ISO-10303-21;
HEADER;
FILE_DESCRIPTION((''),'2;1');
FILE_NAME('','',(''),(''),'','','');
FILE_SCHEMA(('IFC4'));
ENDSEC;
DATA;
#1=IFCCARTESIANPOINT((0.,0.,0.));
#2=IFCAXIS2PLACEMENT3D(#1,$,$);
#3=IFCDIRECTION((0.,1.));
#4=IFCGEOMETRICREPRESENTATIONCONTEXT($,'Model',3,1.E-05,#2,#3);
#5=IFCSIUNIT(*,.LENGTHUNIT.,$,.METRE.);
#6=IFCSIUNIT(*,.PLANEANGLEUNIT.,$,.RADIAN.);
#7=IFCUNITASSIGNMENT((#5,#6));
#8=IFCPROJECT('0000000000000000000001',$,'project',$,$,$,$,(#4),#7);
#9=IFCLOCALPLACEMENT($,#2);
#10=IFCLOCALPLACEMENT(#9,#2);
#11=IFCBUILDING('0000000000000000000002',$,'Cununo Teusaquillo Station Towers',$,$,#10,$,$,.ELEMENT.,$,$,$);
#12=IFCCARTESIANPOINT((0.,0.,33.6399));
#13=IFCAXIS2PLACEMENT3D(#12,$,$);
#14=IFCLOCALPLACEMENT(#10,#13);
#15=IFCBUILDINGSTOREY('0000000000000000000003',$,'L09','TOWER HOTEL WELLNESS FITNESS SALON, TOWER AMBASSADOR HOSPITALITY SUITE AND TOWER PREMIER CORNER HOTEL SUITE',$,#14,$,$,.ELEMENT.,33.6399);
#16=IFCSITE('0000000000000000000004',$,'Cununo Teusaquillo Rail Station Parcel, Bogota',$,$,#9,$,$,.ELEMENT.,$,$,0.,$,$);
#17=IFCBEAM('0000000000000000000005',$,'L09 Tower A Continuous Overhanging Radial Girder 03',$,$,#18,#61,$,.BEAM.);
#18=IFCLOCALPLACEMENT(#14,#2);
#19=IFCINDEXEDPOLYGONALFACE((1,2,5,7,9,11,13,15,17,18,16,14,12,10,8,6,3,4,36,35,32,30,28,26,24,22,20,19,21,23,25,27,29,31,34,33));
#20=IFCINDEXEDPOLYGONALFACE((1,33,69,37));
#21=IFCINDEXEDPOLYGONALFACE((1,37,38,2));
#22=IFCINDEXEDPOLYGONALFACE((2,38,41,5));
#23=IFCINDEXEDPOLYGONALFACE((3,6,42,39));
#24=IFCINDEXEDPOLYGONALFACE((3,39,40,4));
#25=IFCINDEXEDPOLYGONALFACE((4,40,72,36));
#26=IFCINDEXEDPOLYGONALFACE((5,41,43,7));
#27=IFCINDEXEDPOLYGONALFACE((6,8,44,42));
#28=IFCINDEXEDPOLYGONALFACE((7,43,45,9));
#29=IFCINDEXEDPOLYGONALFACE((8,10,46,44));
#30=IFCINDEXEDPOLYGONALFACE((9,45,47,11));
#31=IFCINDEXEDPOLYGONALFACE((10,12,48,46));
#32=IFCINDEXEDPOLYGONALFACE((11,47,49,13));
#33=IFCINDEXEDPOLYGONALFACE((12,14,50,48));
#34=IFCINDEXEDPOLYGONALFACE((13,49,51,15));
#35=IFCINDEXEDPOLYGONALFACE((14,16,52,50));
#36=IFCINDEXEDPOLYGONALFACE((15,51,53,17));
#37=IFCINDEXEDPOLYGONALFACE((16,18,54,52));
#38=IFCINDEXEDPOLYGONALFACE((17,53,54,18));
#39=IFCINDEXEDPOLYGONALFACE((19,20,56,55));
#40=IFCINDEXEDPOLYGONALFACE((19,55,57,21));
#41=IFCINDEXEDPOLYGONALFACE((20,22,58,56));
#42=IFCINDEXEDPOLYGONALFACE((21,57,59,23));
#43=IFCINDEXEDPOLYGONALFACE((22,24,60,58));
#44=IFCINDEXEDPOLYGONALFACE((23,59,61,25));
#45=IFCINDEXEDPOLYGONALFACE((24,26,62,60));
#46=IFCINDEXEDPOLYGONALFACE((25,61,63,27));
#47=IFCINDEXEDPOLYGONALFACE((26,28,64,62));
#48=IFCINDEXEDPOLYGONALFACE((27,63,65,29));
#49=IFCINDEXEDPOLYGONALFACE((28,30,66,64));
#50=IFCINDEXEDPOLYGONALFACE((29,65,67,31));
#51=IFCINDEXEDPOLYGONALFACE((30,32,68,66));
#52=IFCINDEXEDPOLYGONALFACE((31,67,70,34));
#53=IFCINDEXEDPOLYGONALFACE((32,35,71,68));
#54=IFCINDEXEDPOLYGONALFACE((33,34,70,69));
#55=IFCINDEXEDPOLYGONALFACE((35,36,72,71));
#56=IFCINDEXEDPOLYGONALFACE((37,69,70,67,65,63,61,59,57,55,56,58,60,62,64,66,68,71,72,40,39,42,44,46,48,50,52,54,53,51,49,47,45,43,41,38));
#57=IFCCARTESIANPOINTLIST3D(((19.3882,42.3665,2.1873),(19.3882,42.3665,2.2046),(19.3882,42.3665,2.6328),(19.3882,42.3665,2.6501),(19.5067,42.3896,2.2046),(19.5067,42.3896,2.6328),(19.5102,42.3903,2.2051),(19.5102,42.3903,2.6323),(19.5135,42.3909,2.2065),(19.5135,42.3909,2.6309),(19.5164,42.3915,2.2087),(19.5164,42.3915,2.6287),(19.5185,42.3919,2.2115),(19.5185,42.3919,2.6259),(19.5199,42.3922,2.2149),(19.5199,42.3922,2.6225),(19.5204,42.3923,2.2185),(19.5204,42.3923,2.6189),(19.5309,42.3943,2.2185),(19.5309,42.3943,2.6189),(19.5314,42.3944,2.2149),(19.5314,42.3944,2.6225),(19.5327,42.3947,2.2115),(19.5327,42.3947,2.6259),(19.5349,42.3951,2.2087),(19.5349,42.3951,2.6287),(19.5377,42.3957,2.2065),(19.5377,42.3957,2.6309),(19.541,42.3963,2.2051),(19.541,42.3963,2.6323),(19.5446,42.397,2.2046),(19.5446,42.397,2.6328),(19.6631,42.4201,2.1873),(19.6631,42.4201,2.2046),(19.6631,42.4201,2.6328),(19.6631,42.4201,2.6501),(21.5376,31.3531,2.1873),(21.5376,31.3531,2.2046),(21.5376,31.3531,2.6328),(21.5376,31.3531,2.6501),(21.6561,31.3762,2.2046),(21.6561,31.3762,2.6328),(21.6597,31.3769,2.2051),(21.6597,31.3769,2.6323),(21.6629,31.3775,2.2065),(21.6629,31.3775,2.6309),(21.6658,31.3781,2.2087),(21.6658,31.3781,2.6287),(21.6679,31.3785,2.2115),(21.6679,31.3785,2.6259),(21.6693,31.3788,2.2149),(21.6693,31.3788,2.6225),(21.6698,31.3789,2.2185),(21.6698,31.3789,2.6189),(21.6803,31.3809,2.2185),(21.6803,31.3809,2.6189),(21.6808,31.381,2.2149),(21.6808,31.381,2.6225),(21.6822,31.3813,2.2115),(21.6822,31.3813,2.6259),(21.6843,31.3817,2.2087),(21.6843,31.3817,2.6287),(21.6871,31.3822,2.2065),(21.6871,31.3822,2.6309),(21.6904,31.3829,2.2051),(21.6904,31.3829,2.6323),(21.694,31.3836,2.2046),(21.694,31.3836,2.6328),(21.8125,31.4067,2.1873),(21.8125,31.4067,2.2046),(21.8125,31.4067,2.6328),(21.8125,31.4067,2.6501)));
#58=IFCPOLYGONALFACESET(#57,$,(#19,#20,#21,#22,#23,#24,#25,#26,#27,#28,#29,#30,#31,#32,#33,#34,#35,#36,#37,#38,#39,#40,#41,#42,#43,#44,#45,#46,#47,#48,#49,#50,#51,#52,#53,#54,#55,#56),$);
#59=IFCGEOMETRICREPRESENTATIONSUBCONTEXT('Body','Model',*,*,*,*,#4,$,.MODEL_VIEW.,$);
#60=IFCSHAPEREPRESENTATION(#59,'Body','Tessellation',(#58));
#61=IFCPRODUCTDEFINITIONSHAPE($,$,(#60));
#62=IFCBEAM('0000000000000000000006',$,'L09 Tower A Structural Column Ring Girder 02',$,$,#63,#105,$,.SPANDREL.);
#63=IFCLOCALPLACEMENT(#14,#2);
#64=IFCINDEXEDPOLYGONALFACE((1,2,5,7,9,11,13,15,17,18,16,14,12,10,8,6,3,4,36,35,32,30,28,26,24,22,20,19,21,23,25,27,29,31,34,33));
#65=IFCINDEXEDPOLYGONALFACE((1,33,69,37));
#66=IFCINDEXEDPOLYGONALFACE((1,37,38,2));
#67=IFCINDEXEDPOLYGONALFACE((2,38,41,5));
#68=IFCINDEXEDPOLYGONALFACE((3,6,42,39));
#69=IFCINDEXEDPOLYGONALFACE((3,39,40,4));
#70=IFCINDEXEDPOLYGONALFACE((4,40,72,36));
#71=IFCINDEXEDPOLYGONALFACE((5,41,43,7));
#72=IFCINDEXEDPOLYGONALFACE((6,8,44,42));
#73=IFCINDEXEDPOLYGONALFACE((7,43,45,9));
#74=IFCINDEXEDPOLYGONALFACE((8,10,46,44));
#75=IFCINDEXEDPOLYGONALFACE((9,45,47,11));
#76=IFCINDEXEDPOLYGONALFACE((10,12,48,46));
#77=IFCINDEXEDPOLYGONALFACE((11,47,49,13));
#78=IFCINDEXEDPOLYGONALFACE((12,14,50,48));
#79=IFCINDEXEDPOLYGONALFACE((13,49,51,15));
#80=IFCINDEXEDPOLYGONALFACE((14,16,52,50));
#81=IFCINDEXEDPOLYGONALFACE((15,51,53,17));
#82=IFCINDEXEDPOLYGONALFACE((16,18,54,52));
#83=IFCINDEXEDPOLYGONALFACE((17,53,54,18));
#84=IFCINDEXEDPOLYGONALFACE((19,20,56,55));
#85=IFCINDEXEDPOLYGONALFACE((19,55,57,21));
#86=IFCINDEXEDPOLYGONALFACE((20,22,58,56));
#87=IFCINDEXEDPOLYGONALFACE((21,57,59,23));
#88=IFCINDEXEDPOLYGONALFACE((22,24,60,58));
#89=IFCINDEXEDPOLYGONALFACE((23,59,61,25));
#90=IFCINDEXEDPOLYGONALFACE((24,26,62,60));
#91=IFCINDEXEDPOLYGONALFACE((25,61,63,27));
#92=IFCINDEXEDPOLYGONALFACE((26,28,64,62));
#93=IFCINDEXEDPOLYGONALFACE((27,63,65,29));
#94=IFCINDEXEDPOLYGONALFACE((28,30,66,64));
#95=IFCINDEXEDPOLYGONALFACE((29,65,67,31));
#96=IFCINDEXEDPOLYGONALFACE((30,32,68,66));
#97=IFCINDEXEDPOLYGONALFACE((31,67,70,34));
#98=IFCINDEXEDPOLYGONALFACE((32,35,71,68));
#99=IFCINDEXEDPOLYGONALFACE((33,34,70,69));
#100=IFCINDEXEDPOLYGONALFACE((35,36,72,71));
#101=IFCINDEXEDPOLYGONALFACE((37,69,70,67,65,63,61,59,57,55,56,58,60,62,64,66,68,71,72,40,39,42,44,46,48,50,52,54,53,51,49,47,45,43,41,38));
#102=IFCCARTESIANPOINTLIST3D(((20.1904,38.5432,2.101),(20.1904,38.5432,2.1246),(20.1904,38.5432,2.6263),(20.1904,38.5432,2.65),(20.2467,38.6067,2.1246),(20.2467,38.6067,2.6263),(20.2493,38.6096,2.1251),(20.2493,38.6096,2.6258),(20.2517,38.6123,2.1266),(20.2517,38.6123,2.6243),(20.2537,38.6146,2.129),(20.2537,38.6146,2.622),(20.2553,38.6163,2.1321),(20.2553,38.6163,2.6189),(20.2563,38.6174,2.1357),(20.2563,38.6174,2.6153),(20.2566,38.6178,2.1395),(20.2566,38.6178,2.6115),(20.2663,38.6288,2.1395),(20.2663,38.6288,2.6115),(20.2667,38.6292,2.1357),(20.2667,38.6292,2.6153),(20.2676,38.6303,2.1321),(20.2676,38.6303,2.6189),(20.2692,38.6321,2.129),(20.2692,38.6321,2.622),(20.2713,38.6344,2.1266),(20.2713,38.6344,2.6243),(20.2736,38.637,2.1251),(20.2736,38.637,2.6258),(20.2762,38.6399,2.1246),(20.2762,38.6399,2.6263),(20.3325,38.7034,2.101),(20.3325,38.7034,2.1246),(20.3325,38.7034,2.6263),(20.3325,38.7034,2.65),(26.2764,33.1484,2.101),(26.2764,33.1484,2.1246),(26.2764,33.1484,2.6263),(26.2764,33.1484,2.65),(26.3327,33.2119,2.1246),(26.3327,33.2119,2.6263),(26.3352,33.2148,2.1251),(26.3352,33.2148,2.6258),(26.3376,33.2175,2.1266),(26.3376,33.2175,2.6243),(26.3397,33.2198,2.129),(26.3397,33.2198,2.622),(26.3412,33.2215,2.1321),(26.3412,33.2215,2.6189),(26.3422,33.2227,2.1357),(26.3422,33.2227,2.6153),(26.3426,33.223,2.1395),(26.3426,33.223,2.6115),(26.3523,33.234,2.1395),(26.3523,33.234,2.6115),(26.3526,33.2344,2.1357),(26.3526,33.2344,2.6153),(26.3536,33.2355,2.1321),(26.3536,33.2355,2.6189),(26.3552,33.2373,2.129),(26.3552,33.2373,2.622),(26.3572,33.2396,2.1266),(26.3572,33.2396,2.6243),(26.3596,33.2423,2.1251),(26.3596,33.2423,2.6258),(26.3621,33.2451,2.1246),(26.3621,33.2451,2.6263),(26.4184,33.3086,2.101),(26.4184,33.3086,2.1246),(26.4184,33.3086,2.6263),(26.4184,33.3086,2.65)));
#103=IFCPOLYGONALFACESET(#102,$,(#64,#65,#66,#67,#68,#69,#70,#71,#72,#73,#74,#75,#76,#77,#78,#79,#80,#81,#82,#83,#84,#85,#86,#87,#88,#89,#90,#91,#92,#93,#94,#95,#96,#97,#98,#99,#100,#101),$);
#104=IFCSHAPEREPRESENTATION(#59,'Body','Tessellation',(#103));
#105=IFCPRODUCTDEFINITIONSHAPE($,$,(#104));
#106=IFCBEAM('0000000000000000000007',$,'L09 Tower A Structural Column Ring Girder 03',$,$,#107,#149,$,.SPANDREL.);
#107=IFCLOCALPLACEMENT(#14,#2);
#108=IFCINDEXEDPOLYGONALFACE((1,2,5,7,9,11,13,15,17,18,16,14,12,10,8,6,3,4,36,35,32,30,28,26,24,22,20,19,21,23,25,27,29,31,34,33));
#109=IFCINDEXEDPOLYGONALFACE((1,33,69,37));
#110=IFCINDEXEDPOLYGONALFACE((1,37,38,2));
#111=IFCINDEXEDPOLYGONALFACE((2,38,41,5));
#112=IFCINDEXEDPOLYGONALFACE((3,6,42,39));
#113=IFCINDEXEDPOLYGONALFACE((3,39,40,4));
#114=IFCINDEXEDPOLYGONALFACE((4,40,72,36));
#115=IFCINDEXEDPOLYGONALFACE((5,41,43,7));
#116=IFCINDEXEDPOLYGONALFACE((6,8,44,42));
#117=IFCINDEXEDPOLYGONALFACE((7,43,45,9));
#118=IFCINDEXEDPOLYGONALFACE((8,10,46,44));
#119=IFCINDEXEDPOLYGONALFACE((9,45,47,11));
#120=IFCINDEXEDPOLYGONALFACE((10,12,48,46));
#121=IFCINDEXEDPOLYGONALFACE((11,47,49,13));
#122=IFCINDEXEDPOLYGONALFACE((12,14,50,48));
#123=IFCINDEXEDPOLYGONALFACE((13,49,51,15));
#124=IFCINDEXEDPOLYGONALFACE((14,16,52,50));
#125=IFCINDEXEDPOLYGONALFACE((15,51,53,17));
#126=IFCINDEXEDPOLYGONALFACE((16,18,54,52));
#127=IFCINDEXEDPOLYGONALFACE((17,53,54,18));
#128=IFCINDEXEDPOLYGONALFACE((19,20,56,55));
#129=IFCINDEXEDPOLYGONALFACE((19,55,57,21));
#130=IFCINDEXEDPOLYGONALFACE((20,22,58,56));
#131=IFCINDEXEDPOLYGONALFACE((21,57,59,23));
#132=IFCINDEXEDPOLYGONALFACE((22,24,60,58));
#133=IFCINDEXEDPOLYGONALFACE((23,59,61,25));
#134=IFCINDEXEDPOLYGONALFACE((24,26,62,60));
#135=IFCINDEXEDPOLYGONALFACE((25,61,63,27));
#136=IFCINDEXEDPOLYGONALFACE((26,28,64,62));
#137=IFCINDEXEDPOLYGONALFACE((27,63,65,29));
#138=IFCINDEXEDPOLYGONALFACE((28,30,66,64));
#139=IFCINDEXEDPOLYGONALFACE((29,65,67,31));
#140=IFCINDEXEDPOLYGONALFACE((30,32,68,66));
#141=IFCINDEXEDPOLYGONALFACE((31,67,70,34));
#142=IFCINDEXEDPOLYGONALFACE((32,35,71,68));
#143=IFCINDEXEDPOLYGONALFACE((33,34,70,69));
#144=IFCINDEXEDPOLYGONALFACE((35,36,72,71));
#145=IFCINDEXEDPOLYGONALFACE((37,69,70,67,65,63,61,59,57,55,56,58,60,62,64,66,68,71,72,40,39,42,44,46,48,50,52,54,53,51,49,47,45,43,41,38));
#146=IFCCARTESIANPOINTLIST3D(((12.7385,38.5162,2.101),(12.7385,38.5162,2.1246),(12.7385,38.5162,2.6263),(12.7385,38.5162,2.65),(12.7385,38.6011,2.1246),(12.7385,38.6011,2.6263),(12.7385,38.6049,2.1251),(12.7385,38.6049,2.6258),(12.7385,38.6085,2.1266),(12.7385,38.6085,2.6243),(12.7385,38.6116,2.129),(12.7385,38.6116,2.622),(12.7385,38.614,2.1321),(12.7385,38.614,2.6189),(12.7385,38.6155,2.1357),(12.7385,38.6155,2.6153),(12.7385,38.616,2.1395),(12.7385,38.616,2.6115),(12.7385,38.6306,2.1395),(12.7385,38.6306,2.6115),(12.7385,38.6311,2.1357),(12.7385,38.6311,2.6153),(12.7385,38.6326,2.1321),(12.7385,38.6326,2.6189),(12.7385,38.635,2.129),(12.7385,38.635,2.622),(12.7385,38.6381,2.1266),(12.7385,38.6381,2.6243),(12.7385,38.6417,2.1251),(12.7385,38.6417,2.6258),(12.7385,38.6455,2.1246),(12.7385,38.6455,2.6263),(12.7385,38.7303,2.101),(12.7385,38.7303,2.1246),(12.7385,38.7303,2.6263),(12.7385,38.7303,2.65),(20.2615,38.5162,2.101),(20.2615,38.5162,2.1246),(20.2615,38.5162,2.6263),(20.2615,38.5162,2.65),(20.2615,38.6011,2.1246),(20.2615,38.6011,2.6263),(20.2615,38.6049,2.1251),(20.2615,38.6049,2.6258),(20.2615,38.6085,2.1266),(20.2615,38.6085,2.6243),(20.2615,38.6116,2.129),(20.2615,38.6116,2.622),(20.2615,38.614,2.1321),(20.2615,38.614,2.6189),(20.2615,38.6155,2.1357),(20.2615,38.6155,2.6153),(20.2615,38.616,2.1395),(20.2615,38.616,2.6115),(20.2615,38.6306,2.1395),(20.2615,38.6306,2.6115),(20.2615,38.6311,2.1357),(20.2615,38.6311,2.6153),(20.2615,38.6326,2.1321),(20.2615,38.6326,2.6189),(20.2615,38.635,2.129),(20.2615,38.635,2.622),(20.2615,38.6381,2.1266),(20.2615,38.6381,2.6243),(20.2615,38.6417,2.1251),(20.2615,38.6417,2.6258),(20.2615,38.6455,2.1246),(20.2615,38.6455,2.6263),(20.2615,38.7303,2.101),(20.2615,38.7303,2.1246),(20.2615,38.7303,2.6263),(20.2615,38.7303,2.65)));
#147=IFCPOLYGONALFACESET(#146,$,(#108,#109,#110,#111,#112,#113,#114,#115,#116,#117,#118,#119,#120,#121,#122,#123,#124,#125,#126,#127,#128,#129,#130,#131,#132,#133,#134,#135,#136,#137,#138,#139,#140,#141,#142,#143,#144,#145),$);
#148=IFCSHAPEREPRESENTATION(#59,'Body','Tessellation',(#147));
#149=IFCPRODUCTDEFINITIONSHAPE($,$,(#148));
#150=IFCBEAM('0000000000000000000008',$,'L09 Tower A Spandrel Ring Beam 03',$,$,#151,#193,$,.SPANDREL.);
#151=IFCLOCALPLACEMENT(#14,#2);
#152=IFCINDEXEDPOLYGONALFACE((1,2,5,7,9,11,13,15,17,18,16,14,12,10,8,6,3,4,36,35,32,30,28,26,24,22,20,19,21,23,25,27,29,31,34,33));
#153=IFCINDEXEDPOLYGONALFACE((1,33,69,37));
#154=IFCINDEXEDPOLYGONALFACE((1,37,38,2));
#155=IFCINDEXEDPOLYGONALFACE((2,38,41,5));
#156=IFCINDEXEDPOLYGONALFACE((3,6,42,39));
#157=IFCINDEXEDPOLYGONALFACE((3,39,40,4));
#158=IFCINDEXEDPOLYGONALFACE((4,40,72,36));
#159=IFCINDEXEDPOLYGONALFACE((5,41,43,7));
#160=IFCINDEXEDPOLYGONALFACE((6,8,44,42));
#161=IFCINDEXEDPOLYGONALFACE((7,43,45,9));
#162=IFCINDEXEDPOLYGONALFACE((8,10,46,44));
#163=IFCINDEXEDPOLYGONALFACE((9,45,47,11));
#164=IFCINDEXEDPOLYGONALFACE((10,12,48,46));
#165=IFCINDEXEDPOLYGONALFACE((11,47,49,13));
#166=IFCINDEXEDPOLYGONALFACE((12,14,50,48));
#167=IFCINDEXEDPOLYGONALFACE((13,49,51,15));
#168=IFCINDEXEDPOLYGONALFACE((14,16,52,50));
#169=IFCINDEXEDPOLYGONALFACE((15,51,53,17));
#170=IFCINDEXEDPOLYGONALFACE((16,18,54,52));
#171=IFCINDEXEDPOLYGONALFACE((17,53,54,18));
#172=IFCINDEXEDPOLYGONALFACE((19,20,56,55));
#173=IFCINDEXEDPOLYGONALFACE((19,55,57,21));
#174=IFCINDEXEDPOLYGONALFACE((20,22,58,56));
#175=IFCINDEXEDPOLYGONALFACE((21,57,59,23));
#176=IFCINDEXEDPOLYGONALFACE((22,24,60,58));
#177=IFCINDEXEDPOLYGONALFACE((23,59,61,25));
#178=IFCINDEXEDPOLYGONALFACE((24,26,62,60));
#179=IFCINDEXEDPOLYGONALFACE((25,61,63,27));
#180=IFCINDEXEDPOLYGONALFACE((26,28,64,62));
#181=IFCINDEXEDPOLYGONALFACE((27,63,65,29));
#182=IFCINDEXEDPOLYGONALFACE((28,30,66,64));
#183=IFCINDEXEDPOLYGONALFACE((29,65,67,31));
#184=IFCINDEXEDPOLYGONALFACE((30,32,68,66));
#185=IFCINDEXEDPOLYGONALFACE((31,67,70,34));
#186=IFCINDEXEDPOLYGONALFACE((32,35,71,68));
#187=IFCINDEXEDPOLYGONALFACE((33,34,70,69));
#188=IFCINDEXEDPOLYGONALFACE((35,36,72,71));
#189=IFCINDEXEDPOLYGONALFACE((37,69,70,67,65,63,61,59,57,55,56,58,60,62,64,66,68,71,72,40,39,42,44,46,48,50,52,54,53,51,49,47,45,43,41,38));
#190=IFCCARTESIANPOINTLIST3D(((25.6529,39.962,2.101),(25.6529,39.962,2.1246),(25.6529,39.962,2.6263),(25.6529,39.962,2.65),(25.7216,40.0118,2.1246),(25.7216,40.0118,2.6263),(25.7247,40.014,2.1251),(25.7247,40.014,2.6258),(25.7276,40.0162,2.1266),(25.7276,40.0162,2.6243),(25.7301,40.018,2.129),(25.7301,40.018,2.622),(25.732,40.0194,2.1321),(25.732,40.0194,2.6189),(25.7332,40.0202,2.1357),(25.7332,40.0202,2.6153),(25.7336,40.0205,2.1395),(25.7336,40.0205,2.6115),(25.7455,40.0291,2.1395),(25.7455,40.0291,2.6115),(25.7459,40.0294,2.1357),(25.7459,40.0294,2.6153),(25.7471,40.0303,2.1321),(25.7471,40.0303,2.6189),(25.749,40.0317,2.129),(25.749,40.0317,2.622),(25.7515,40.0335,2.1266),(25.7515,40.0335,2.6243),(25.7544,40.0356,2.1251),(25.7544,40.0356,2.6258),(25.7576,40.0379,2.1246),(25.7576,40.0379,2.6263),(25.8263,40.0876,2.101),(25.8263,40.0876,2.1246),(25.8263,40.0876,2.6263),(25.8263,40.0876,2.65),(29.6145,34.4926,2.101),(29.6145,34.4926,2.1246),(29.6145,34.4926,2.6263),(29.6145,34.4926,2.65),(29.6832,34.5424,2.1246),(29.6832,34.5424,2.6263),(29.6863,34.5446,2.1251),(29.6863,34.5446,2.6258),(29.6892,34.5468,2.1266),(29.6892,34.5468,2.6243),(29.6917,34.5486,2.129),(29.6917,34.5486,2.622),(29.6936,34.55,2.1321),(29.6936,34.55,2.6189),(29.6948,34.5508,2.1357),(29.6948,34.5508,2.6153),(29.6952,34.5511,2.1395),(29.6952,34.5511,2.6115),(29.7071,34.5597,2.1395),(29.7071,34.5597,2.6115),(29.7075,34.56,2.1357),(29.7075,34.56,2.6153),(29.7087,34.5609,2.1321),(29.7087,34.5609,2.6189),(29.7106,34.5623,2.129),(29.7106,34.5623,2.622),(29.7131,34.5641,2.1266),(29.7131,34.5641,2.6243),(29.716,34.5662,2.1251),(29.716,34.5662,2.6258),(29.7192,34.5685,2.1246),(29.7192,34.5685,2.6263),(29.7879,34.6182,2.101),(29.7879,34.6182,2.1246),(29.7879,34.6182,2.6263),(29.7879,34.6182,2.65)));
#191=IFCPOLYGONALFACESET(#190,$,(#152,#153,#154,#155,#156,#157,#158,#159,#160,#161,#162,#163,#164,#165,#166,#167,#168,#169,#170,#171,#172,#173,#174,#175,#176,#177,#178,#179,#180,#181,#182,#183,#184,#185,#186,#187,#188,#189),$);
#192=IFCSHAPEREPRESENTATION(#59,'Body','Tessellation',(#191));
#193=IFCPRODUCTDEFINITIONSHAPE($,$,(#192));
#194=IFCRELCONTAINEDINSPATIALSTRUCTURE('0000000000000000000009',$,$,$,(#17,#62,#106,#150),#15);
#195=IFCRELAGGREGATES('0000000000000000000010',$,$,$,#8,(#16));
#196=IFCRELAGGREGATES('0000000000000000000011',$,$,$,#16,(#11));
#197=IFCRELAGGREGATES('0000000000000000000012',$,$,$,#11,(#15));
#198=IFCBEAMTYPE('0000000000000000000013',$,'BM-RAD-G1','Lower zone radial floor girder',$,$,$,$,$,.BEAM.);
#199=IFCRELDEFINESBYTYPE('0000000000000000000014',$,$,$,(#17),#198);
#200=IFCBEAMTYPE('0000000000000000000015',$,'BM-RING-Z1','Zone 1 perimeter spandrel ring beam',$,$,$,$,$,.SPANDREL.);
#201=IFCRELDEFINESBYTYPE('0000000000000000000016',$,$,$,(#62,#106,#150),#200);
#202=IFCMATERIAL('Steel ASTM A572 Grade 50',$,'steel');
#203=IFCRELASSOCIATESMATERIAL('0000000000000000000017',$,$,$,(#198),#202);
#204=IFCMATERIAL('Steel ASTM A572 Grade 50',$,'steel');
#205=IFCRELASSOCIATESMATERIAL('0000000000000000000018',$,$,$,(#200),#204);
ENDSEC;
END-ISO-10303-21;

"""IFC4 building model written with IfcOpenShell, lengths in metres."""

from ifc_helpers import new_model, si_unit, direction, frame, origin, origin_2d, place, context, subcontext, project, spatial, i_section, extrude, material, material_profile, profile_set, type_object, element, save


model = new_model("IFC4")

# Units and contexts
model_context = context("Model", 3, precision=1e-05, world=origin(), true_north=direction((0.0, 1.0)))
body_context = subcontext(model_context, "Body", "Model", "MODEL_VIEW")
ifc_project = project(units=[si_unit("LENGTHUNIT", "METRE"), si_unit("PLANEANGLEUNIT", "RADIAN")], contexts=[model_context])

# Site, building, storey
site_placement = place(None, origin())
site = spatial("IfcSite", under=ifc_project, at=site_placement, Name="Cununo Teusaquillo Rail Station Parcel, Bogota", CompositionType="ELEMENT", RefElevation=0.0)
building_placement = place(site_placement, origin())
building = spatial("IfcBuilding", under=site, at=building_placement, Name="Cununo Teusaquillo Station Towers", CompositionType="ELEMENT")
storey_placement = place(building_placement, frame((0.0, 0.0, 33.6399)))
storey = spatial("IfcBuildingStorey", under=building, at=storey_placement, Name="L09", Description="TOWER HOTEL WELLNESS FITNESS SALON, TOWER AMBASSADOR HOSPITALITY SUITE AND TOWER PREMIER CORNER HOTEL SUITE", CompositionType="ELEMENT", Elevation=33.6399)

# Beams
ifc_material_1 = material(Name="Steel ASTM A572 Grade 50", Category="steel")
ifc_material_profile_1 = material_profile(ifc_material_1, i_section(OverallWidth=0.28, OverallDepth=0.4629, WebThickness=0.0107, FlangeThickness=0.0173, FilletRadius=0.0139, at=origin_2d()), Name="W18X76")
ifc_profile_set_1 = profile_set([ifc_material_profile_1], Name="Steel ASTM A572 Grade 50")
beam_type_1 = type_object("IfcBeamType", Name="BM-RAD-G1", Description="Lower zone radial floor girder", PredefinedType="BEAM", material=ifc_profile_set_1)
beam_1_placement = place(storey_placement, frame((21.675, 31.3799, 2.4187), z_axis=(-0.191549, 0.981483, 0.0), x_axis=(-0.981483, -0.191549, 0.0)))
element("IfcBeam", 1, at=beam_1_placement, inside=storey, type_object=beam_type_1, Name="L09 Tower A Continuous Overhanging Radial Girder 03", PredefinedType="BEAM", context=body_context, shape_type="SweptSolid", body=[
    extrude(i_section(OverallWidth=0.28, OverallDepth=0.4629, WebThickness=0.0107, FlangeThickness=0.0173, FilletRadius=0.0139, at=origin_2d()), origin(), (0.0, 0.0, 1.0), 11.2212),
])
ifc_material_2 = material(Name="Steel ASTM A572 Grade 50", Category="steel")
ifc_material_profile_2 = material_profile(ifc_material_2, i_section(OverallWidth=0.2141, OverallDepth=0.5491, WebThickness=0.0146, FlangeThickness=0.0237, FilletRadius=0.0149, at=origin_2d()), Name="W21X93")
ifc_profile_set_2 = profile_set([ifc_material_profile_2], Name="Steel ASTM A572 Grade 50")
beam_type_2 = type_object("IfcBeamType", Name="BM-RING-Z1", Description="Zone 1 perimeter spandrel ring beam", PredefinedType="SPANDREL", material=ifc_profile_set_2)
beam_2_placement = place(storey_placement, frame((26.3474, 33.2285, 2.3755), z_axis=(-0.748321, 0.663337, 0.0), x_axis=(-0.663337, -0.748321, 0.0)))
element("IfcBeam", 2, at=beam_2_placement, inside=storey, type_object=beam_type_2, Name="L09 Tower A Structural Column Ring Girder 02", PredefinedType="SPANDREL", context=body_context, shape_type="SweptSolid", body=[
    extrude(i_section(OverallWidth=0.2141, OverallDepth=0.5491, WebThickness=0.0146, FlangeThickness=0.0237, FilletRadius=0.0149, at=origin_2d()), origin(), (0.0, 0.0, 1.0), 8.1328),
])
beam_3_placement = place(storey_placement, frame((20.2615, 38.6233, 2.3755), z_axis=(-1.0, 0.0, 0.0), x_axis=(0.0, -1.0, 0.0)))
element("IfcBeam", 3, at=beam_3_placement, inside=storey, type_object=beam_type_2, Name="L09 Tower A Structural Column Ring Girder 03", PredefinedType="SPANDREL", context=body_context, shape_type="SweptSolid", body=[
    extrude(i_section(OverallWidth=0.2141, OverallDepth=0.5491, WebThickness=0.0146, FlangeThickness=0.0237, FilletRadius=0.0149, at=origin_2d()), origin(), (0.0, 0.0, 1.0), 7.5229),
])
beam_4_placement = place(storey_placement, frame((29.7012, 34.5554, 2.3755), z_axis=(-0.586608, 0.809871, 0.0), x_axis=(-0.809871, -0.586608, 0.0)))
element("IfcBeam", 4, at=beam_4_placement, inside=storey, type_object=beam_type_2, Name="L09 Tower A Spandrel Ring Beam 03", PredefinedType="SPANDREL", context=body_context, shape_type="SweptSolid", body=[
    extrude(i_section(OverallWidth=0.2141, OverallDepth=0.5491, WebThickness=0.0146, FlangeThickness=0.0237, FilletRadius=0.0149, at=origin_2d()), origin(), (0.0, 0.0, 1.0), 6.7534),
])

save(model, "model.ifc")
